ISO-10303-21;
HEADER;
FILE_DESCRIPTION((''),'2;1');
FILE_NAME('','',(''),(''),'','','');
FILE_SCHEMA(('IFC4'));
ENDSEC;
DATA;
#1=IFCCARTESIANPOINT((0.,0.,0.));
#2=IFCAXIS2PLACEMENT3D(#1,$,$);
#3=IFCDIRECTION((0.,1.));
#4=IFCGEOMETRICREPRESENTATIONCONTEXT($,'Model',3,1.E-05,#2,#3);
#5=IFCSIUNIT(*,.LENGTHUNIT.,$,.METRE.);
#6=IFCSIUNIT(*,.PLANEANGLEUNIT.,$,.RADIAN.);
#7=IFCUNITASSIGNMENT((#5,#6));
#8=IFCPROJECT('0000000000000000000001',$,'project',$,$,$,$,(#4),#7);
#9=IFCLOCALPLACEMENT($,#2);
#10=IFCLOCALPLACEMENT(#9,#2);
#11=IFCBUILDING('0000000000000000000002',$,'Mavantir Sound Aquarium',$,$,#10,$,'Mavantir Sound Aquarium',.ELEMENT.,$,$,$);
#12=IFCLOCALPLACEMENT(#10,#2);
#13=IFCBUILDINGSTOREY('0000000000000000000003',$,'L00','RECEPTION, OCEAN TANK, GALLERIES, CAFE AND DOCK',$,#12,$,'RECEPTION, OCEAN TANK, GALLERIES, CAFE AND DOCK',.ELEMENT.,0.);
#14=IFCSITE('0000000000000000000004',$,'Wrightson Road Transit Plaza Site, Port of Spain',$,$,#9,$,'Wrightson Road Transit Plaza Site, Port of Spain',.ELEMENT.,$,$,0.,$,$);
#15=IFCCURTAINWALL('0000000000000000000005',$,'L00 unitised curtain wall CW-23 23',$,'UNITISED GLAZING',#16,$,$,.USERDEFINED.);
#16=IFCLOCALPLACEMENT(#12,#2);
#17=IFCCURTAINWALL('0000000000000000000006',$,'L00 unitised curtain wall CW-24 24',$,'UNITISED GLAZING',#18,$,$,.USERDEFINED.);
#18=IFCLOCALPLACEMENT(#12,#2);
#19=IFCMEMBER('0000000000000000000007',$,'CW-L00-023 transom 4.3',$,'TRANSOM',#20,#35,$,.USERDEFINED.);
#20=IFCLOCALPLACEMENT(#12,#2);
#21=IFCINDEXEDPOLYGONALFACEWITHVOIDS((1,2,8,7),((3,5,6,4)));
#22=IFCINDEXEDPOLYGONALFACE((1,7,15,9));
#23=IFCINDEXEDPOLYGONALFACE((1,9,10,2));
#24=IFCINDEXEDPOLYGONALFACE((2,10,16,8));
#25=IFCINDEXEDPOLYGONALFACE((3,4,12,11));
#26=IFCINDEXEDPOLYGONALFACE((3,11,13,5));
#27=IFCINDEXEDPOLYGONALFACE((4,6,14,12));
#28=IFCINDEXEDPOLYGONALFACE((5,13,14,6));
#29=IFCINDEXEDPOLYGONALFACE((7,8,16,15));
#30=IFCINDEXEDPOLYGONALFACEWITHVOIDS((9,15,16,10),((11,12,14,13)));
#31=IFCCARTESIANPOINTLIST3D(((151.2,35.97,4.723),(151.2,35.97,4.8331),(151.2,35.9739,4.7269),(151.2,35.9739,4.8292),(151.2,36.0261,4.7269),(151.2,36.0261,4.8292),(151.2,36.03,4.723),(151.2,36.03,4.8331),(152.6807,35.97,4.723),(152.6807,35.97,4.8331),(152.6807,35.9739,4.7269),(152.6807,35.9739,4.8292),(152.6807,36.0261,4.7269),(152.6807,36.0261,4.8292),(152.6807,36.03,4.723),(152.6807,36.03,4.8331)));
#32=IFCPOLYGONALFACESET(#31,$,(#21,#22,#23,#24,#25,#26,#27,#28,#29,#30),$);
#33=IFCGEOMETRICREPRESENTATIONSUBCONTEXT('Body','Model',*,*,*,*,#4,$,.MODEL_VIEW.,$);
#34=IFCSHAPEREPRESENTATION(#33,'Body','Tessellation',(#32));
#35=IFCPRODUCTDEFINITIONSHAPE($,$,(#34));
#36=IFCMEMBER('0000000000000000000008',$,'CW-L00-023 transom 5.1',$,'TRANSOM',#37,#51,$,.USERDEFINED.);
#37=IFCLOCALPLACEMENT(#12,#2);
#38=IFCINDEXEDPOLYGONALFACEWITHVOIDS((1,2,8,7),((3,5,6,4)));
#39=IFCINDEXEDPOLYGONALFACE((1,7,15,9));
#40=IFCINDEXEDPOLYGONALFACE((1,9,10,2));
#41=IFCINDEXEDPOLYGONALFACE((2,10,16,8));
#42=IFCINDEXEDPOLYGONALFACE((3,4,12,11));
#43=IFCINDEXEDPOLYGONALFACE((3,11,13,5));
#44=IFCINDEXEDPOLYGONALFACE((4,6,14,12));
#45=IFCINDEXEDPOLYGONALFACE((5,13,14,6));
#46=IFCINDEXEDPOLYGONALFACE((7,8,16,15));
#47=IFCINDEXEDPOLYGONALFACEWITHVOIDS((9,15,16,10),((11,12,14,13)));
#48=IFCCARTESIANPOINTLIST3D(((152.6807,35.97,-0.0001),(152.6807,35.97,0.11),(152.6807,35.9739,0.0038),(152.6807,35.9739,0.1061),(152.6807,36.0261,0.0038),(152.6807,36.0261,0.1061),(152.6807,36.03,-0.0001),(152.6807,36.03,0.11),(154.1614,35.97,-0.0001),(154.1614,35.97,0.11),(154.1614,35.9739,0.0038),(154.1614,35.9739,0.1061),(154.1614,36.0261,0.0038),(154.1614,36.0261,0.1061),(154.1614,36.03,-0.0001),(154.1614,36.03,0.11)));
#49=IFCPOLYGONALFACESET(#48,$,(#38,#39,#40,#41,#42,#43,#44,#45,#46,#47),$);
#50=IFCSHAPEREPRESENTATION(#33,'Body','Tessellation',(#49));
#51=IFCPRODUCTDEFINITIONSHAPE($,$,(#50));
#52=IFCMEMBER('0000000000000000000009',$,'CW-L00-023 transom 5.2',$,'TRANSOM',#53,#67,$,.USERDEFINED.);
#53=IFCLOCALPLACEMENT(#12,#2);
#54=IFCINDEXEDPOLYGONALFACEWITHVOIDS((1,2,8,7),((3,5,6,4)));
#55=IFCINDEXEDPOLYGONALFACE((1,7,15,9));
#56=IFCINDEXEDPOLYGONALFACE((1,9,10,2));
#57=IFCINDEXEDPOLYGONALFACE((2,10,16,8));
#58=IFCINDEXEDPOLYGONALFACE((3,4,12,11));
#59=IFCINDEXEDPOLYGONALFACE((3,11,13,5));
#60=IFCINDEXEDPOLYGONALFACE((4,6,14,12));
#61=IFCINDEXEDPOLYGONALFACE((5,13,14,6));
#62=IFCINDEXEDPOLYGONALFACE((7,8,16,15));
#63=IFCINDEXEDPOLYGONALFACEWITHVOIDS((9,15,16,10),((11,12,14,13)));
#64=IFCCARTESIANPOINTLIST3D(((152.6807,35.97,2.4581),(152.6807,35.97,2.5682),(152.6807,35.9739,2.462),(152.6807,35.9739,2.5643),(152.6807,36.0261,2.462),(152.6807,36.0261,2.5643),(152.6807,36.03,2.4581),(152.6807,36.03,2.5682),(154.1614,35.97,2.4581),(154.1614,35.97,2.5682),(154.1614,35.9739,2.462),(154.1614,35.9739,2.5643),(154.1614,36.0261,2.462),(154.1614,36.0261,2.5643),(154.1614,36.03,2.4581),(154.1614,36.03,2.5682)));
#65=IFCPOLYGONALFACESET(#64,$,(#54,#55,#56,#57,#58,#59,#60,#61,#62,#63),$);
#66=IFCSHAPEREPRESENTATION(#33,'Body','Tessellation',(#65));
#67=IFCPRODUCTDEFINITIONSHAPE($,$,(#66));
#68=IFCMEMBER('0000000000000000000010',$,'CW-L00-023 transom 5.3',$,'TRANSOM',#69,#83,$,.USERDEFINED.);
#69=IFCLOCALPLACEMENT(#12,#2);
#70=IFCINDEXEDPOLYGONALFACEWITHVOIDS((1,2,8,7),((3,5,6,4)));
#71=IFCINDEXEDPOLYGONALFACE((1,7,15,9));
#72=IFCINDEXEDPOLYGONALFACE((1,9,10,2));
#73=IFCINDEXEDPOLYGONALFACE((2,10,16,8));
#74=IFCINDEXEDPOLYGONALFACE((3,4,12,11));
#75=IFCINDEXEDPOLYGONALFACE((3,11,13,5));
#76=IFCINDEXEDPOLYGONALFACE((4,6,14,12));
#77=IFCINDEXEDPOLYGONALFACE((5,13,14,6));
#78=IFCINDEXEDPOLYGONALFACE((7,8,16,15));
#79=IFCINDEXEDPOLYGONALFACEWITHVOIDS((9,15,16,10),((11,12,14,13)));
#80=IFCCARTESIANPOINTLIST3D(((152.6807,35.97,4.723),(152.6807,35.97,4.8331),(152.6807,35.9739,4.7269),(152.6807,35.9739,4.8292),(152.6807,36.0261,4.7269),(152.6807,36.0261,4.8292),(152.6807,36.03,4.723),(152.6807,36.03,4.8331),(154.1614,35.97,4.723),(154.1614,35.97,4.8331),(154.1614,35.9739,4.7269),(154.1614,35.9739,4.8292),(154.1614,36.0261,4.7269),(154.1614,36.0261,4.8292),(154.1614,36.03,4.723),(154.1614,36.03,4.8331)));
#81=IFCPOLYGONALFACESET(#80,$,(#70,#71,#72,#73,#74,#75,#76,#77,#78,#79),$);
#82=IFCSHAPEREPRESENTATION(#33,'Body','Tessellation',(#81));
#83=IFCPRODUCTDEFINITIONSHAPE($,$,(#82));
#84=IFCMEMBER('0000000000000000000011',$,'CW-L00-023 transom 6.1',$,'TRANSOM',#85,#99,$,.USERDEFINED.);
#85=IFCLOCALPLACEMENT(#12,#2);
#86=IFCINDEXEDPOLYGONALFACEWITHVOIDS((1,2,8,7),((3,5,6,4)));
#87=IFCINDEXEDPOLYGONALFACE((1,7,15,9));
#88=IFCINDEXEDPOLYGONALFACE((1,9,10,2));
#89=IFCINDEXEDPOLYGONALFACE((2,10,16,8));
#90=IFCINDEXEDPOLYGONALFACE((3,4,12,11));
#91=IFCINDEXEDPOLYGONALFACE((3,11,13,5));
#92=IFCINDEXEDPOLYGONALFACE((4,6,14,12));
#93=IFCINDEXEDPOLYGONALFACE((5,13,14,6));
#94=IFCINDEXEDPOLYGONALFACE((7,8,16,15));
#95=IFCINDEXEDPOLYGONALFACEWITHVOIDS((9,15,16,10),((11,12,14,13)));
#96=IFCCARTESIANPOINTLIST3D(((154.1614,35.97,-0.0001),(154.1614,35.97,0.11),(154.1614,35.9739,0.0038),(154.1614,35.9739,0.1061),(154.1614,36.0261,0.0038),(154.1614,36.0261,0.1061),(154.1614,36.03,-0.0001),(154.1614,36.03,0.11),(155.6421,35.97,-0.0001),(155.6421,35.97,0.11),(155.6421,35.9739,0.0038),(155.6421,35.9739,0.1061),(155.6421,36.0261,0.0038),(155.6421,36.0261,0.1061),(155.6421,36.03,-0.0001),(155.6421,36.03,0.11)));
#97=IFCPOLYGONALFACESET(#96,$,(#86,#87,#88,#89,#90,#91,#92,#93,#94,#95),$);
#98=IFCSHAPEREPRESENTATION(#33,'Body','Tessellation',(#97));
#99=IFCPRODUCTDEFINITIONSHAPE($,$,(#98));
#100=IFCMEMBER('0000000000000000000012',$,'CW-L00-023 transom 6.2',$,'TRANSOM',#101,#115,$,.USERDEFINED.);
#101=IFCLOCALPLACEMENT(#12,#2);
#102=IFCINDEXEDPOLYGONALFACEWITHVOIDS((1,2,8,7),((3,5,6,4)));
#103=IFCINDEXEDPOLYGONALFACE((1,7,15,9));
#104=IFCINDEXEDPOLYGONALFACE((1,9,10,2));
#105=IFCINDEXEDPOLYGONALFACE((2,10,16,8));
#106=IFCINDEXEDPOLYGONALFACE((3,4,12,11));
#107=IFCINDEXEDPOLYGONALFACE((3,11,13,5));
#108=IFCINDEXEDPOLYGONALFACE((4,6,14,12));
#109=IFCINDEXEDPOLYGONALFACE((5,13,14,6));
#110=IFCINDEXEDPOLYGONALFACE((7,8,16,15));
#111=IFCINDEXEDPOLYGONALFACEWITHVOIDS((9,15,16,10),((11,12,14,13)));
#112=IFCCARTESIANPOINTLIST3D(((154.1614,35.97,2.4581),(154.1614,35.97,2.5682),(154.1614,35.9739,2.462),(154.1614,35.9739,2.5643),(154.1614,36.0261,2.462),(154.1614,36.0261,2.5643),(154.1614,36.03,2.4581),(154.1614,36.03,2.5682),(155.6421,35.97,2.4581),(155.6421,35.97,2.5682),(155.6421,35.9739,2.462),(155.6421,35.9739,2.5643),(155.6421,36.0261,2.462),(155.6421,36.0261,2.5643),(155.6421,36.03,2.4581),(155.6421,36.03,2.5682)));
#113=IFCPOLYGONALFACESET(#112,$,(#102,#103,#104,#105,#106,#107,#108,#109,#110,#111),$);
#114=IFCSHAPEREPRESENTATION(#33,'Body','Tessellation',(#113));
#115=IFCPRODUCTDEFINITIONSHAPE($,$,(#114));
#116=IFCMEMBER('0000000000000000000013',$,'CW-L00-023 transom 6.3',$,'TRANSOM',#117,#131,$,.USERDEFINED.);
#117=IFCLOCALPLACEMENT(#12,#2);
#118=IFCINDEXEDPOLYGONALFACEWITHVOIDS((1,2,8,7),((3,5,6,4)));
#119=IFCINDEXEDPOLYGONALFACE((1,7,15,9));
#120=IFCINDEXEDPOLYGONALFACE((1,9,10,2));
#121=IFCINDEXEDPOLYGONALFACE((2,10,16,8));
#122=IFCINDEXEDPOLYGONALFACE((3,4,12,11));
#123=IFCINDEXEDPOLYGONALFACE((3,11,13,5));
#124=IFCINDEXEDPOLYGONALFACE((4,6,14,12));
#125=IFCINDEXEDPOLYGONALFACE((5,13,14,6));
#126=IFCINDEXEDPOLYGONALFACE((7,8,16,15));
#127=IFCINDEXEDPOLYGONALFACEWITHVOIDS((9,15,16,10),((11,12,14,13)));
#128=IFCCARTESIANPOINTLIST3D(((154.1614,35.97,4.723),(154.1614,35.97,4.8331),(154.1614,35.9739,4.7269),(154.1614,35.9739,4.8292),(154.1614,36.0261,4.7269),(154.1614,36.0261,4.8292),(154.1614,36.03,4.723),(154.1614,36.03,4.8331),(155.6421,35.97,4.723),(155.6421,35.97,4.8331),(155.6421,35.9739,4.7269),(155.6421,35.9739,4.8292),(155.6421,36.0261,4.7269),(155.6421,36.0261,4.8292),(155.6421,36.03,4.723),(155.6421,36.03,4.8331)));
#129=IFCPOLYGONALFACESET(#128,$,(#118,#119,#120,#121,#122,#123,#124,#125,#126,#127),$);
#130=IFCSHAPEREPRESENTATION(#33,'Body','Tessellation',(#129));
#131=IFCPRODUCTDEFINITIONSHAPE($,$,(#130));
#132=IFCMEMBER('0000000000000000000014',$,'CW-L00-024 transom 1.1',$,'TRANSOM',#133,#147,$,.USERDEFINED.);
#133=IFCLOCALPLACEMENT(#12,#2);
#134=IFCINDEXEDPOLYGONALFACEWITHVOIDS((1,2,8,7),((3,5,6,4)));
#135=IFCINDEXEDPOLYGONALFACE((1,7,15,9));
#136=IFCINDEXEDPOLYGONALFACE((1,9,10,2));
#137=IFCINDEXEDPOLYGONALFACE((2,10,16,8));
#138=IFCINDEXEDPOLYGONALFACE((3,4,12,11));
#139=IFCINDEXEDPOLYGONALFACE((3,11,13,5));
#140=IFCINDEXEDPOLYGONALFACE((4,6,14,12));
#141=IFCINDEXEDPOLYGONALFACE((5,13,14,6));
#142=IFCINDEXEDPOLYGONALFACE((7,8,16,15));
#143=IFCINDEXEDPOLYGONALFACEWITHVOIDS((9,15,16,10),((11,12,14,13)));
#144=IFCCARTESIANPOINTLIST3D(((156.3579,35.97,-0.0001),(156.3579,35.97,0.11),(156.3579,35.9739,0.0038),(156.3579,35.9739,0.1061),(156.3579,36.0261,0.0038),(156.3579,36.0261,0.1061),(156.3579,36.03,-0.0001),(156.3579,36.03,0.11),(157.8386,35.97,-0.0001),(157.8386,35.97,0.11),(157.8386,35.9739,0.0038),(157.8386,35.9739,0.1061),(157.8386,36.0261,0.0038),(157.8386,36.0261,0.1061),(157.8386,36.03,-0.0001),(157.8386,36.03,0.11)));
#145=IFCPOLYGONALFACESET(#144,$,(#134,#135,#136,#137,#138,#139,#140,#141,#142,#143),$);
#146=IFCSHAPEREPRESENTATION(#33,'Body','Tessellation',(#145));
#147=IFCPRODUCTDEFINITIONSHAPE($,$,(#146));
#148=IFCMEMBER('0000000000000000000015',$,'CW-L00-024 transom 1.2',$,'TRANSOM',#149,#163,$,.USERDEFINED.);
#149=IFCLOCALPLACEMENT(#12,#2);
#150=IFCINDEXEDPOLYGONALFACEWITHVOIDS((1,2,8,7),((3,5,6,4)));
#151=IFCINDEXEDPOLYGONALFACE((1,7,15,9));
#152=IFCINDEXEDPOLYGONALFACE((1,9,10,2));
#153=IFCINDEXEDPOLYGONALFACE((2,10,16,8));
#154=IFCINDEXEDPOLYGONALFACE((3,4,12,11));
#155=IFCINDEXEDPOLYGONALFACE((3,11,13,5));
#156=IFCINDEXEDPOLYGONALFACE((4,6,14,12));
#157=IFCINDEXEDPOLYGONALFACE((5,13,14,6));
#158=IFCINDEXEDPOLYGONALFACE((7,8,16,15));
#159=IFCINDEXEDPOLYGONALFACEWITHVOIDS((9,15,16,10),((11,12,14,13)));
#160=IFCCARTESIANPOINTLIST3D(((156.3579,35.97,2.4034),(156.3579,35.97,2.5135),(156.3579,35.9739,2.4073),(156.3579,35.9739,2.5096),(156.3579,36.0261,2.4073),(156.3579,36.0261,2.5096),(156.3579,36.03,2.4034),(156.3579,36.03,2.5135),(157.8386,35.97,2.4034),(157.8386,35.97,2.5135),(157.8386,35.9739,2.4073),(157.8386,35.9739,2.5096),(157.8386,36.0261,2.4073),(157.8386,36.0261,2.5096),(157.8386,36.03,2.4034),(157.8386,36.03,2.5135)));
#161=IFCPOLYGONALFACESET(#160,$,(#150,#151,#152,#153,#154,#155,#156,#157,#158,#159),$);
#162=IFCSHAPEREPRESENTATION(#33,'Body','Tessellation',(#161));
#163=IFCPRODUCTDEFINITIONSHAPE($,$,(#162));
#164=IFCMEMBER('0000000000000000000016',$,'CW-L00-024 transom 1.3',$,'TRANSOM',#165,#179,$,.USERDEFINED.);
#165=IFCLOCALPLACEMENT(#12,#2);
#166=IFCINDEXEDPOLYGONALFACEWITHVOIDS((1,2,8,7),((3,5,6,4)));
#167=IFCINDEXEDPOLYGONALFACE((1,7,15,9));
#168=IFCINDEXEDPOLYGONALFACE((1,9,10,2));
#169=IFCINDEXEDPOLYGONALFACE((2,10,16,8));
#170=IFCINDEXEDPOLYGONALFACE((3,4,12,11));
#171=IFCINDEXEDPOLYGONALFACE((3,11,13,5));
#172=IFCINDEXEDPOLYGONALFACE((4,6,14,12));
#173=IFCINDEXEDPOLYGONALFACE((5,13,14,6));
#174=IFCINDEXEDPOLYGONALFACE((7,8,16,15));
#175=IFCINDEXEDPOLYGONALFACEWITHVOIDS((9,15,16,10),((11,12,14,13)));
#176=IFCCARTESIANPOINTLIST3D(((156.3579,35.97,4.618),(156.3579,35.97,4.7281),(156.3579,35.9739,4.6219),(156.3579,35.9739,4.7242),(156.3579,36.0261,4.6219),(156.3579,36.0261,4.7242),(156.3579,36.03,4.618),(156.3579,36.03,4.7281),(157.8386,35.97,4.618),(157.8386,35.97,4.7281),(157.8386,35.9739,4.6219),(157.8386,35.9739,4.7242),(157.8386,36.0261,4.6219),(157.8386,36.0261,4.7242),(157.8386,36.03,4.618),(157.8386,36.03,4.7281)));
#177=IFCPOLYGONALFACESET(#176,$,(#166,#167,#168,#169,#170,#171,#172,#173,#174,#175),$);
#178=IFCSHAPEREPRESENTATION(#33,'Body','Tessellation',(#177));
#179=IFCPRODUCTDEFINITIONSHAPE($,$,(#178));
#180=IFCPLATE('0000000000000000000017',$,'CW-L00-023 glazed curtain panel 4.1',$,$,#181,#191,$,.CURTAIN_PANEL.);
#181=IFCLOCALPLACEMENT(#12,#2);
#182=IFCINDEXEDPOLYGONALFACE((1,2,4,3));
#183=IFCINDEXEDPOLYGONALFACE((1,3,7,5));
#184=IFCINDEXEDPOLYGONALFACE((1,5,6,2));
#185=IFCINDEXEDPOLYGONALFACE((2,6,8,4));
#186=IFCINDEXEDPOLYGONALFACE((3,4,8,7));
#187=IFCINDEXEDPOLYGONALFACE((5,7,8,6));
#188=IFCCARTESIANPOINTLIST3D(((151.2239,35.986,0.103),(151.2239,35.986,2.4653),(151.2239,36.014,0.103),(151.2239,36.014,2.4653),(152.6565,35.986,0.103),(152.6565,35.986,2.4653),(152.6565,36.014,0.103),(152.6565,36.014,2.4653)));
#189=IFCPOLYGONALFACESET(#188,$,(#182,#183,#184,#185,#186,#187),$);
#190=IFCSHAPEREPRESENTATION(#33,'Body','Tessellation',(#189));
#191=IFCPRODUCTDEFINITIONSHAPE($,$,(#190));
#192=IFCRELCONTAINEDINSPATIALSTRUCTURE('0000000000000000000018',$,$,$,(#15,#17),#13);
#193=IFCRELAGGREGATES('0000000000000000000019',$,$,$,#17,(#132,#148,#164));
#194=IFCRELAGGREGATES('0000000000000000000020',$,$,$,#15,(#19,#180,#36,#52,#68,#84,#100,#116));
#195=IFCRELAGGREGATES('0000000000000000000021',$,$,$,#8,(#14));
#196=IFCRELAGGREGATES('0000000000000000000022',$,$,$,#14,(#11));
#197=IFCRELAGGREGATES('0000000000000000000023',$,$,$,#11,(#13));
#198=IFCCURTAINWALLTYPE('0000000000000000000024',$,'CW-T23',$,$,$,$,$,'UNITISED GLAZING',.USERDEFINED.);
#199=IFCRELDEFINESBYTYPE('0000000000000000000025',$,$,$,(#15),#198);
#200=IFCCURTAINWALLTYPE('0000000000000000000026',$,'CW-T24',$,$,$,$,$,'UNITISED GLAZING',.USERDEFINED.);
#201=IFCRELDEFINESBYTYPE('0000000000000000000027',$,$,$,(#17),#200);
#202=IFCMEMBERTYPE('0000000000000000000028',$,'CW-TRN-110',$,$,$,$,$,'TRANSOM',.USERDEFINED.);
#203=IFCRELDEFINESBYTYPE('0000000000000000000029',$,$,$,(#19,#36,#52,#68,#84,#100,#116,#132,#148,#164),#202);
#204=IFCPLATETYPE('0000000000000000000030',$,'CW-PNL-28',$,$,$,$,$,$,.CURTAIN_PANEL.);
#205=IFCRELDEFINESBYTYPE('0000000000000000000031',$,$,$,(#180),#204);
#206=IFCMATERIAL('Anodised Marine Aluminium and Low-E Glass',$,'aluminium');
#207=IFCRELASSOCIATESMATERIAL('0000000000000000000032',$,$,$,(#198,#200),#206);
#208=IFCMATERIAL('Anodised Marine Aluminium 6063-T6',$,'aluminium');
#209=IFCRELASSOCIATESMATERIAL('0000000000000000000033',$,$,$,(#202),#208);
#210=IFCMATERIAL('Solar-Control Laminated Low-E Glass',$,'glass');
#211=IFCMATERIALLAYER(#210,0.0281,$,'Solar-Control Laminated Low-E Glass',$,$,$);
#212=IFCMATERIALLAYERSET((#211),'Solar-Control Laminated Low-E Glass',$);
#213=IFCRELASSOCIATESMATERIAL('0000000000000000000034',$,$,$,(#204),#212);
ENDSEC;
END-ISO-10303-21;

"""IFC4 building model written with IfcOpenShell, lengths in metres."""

from ifc_helpers import new_model, si_unit, direction, frame, origin, origin_2d, place, context, subcontext, project, spatial, rectangle, hollow_rectangle, extrude, material, layer, layer_set, material_profile, profile_set, type_object, element, aggregate, save


model = new_model("IFC4")

# Units and contexts
model_context = context("Model", 3, precision=1e-05, world=origin(), true_north=direction((0.0, 1.0)))
body_context = subcontext(model_context, "Body", "Model", "MODEL_VIEW")
ifc_project = project(units=[si_unit("LENGTHUNIT", "METRE"), si_unit("PLANEANGLEUNIT", "RADIAN")], contexts=[model_context])

# Site, building, storey
site_placement = place(None, origin())
site = spatial("IfcSite", under=ifc_project, at=site_placement, Name="Wrightson Road Transit Plaza Site, Port of Spain", LongName="Wrightson Road Transit Plaza Site, Port of Spain", CompositionType="ELEMENT", RefElevation=0.0)
building_placement = place(site_placement, origin())
building = spatial("IfcBuilding", under=site, at=building_placement, Name="Mavantir Sound Aquarium", LongName="Mavantir Sound Aquarium", CompositionType="ELEMENT")
storey_placement = place(building_placement, origin())
storey = spatial("IfcBuildingStorey", under=building, at=storey_placement, Name="L00", Description="RECEPTION, OCEAN TANK, GALLERIES, CAFE AND DOCK", LongName="RECEPTION, OCEAN TANK, GALLERIES, CAFE AND DOCK", CompositionType="ELEMENT", Elevation=0.0)

# Curtain wall
ifc_material_1 = material(Name="Anodised Marine Aluminium and Low-E Glass", Category="aluminium")
curtain_wall_type_1 = type_object("IfcCurtainWallType", Name="CW-T23", ElementType="UNITISED GLAZING", PredefinedType="USERDEFINED", material=ifc_material_1)
curtain_wall_1_placement = place(storey_placement, origin())
curtain_wall_1 = element("IfcCurtainWall", 1, at=curtain_wall_1_placement, inside=storey, type_object=curtain_wall_type_1, Name="L00 unitised curtain wall CW-23 23", ObjectType="UNITISED GLAZING", PredefinedType="USERDEFINED")
ifc_material_2 = material(Name="Anodised Marine Aluminium 6063-T6", Category="aluminium")

# Curtain wall
curtain_wall_type_2 = type_object("IfcCurtainWallType", Name="CW-T24", ElementType="UNITISED GLAZING", PredefinedType="USERDEFINED", material=ifc_material_1)
curtain_wall_2_placement = place(storey_placement, origin())
curtain_wall_2 = element("IfcCurtainWall", 2, at=curtain_wall_2_placement, inside=storey, type_object=curtain_wall_type_2, Name="L00 unitised curtain wall CW-24 24", ObjectType="UNITISED GLAZING", PredefinedType="USERDEFINED")

# Members
ifc_material_profile_1 = material_profile(ifc_material_2, hollow_rectangle(XDim=0.0601, YDim=0.1101, WallThickness=0.0039, at=origin_2d()), Name="ALU-TRANSOM-110X60")
ifc_profile_set_1 = profile_set([ifc_material_profile_1], Name="Anodised Marine Aluminium 6063-T6")
member_type_1 = type_object("IfcMemberType", Name="CW-TRN-110", ElementType="TRANSOM", PredefinedType="USERDEFINED", material=ifc_profile_set_1)
member_1_placement = place(storey_placement, frame((151.2, 36.0, 4.7781), z_axis=(1.0, 0.0, 0.0), x_axis=(0.0, 1.0, 0.0)))
member_1 = element("IfcMember", 3, at=member_1_placement, type_object=member_type_1, Name="CW-L00-023 transom 4.3", ObjectType="TRANSOM", PredefinedType="USERDEFINED", context=body_context, shape_type="SweptSolid", body=[
    extrude(hollow_rectangle(XDim=0.0601, YDim=0.1101, WallThickness=0.0039, at=origin_2d()), origin(), (0.0, 0.0, 1.0), 1.4807),
])
member_2_placement = place(storey_placement, frame((152.6807, 36.0, 0.0549), z_axis=(1.0, 0.0, 0.0), x_axis=(0.0, 1.0, 0.0)))
member_2 = element("IfcMember", 4, at=member_2_placement, type_object=member_type_1, Name="CW-L00-023 transom 5.1", ObjectType="TRANSOM", PredefinedType="USERDEFINED", context=body_context, shape_type="SweptSolid", body=[
    extrude(hollow_rectangle(XDim=0.0601, YDim=0.1101, WallThickness=0.0039, at=origin_2d()), origin(), (0.0, 0.0, 1.0), 1.4807),
])
member_3_placement = place(storey_placement, frame((152.6807, 36.0, 2.5132), z_axis=(1.0, 0.0, 0.0), x_axis=(0.0, 1.0, 0.0)))
member_3 = element("IfcMember", 5, at=member_3_placement, type_object=member_type_1, Name="CW-L00-023 transom 5.2", ObjectType="TRANSOM", PredefinedType="USERDEFINED", context=body_context, shape_type="SweptSolid", body=[
    extrude(hollow_rectangle(XDim=0.0601, YDim=0.1101, WallThickness=0.0039, at=origin_2d()), origin(), (0.0, 0.0, 1.0), 1.4807),
])
member_4_placement = place(storey_placement, frame((152.6807, 36.0, 4.7781), z_axis=(1.0, 0.0, 0.0), x_axis=(0.0, 1.0, 0.0)))
member_4 = element("IfcMember", 6, at=member_4_placement, type_object=member_type_1, Name="CW-L00-023 transom 5.3", ObjectType="TRANSOM", PredefinedType="USERDEFINED", context=body_context, shape_type="SweptSolid", body=[
    extrude(hollow_rectangle(XDim=0.0601, YDim=0.1101, WallThickness=0.0039, at=origin_2d()), origin(), (0.0, 0.0, 1.0), 1.4807),
])
member_5_placement = place(storey_placement, frame((154.1614, 36.0, 0.0549), z_axis=(1.0, 0.0, 0.0), x_axis=(0.0, 1.0, 0.0)))
member_5 = element("IfcMember", 7, at=member_5_placement, type_object=member_type_1, Name="CW-L00-023 transom 6.1", ObjectType="TRANSOM", PredefinedType="USERDEFINED", context=body_context, shape_type="SweptSolid", body=[
    extrude(hollow_rectangle(XDim=0.0601, YDim=0.1101, WallThickness=0.0039, at=origin_2d()), origin(), (0.0, 0.0, 1.0), 1.4807),
])
member_6_placement = place(storey_placement, frame((154.1614, 36.0, 2.5132), z_axis=(1.0, 0.0, 0.0), x_axis=(0.0, 1.0, 0.0)))
member_6 = element("IfcMember", 8, at=member_6_placement, type_object=member_type_1, Name="CW-L00-023 transom 6.2", ObjectType="TRANSOM", PredefinedType="USERDEFINED", context=body_context, shape_type="SweptSolid", body=[
    extrude(hollow_rectangle(XDim=0.0601, YDim=0.1101, WallThickness=0.0039, at=origin_2d()), origin(), (0.0, 0.0, 1.0), 1.4807),
])
member_7_placement = place(storey_placement, frame((154.1614, 36.0, 4.7781), z_axis=(1.0, 0.0, 0.0), x_axis=(0.0, 1.0, 0.0)))
member_7 = element("IfcMember", 9, at=member_7_placement, type_object=member_type_1, Name="CW-L00-023 transom 6.3", ObjectType="TRANSOM", PredefinedType="USERDEFINED", context=body_context, shape_type="SweptSolid", body=[
    extrude(hollow_rectangle(XDim=0.0601, YDim=0.1101, WallThickness=0.0039, at=origin_2d()), origin(), (0.0, 0.0, 1.0), 1.4807),
])
member_8_placement = place(storey_placement, frame((156.3579, 36.0, 0.0549), z_axis=(1.0, 0.0, 0.0), x_axis=(0.0, 1.0, 0.0)))
member_8 = element("IfcMember", 10, at=member_8_placement, type_object=member_type_1, Name="CW-L00-024 transom 1.1", ObjectType="TRANSOM", PredefinedType="USERDEFINED", context=body_context, shape_type="SweptSolid", body=[
    extrude(hollow_rectangle(XDim=0.0601, YDim=0.1101, WallThickness=0.0039, at=origin_2d()), origin(), (0.0, 0.0, 1.0), 1.4807),
])
member_9_placement = place(storey_placement, frame((156.3579, 36.0, 2.4585), z_axis=(1.0, 0.0, 0.0), x_axis=(0.0, 1.0, 0.0)))
member_9 = element("IfcMember", 11, at=member_9_placement, type_object=member_type_1, Name="CW-L00-024 transom 1.2", ObjectType="TRANSOM", PredefinedType="USERDEFINED", context=body_context, shape_type="SweptSolid", body=[
    extrude(hollow_rectangle(XDim=0.0601, YDim=0.1101, WallThickness=0.0039, at=origin_2d()), origin(), (0.0, 0.0, 1.0), 1.4807),
])
member_10_placement = place(storey_placement, frame((156.3579, 36.0, 4.6731), z_axis=(1.0, 0.0, 0.0), x_axis=(0.0, 1.0, 0.0)))
member_10 = element("IfcMember", 12, at=member_10_placement, type_object=member_type_1, Name="CW-L00-024 transom 1.3", ObjectType="TRANSOM", PredefinedType="USERDEFINED", context=body_context, shape_type="SweptSolid", body=[
    extrude(hollow_rectangle(XDim=0.0601, YDim=0.1101, WallThickness=0.0039, at=origin_2d()), origin(), (0.0, 0.0, 1.0), 1.4807),
])
aggregate(curtain_wall_2, [member_8, member_9, member_10])

# Plate
ifc_material_3 = material(Name="Solar-Control Laminated Low-E Glass", Category="glass")
ifc_layer = layer(ifc_material_3, 0.0281, Name="Solar-Control Laminated Low-E Glass")
ifc_layer_set = layer_set([ifc_layer], Name="Solar-Control Laminated Low-E Glass")
plate_type = type_object("IfcPlateType", Name="CW-PNL-28", PredefinedType="CURTAIN_PANEL", material=ifc_layer_set)
plate_1_placement = place(storey_placement, frame((151.9402, 36.0, 0.103), z_axis=(0.0, 0.0, 1.0), x_axis=(1.0, 0.0, 0.0)))
plate_1 = element("IfcPlate", 13, at=plate_1_placement, type_object=plate_type, Name="CW-L00-023 glazed curtain panel 4.1", PredefinedType="CURTAIN_PANEL", context=body_context, shape_type="SweptSolid", body=[
    extrude(rectangle(XDim=1.4326, YDim=0.0281, at=origin_2d()), origin(), (0.0, 0.0, 1.0), 2.3623),
])
aggregate(curtain_wall_1, [member_1, plate_1, member_2, member_3, member_4, member_5, member_6, member_7])

save(model, "model.ifc")
